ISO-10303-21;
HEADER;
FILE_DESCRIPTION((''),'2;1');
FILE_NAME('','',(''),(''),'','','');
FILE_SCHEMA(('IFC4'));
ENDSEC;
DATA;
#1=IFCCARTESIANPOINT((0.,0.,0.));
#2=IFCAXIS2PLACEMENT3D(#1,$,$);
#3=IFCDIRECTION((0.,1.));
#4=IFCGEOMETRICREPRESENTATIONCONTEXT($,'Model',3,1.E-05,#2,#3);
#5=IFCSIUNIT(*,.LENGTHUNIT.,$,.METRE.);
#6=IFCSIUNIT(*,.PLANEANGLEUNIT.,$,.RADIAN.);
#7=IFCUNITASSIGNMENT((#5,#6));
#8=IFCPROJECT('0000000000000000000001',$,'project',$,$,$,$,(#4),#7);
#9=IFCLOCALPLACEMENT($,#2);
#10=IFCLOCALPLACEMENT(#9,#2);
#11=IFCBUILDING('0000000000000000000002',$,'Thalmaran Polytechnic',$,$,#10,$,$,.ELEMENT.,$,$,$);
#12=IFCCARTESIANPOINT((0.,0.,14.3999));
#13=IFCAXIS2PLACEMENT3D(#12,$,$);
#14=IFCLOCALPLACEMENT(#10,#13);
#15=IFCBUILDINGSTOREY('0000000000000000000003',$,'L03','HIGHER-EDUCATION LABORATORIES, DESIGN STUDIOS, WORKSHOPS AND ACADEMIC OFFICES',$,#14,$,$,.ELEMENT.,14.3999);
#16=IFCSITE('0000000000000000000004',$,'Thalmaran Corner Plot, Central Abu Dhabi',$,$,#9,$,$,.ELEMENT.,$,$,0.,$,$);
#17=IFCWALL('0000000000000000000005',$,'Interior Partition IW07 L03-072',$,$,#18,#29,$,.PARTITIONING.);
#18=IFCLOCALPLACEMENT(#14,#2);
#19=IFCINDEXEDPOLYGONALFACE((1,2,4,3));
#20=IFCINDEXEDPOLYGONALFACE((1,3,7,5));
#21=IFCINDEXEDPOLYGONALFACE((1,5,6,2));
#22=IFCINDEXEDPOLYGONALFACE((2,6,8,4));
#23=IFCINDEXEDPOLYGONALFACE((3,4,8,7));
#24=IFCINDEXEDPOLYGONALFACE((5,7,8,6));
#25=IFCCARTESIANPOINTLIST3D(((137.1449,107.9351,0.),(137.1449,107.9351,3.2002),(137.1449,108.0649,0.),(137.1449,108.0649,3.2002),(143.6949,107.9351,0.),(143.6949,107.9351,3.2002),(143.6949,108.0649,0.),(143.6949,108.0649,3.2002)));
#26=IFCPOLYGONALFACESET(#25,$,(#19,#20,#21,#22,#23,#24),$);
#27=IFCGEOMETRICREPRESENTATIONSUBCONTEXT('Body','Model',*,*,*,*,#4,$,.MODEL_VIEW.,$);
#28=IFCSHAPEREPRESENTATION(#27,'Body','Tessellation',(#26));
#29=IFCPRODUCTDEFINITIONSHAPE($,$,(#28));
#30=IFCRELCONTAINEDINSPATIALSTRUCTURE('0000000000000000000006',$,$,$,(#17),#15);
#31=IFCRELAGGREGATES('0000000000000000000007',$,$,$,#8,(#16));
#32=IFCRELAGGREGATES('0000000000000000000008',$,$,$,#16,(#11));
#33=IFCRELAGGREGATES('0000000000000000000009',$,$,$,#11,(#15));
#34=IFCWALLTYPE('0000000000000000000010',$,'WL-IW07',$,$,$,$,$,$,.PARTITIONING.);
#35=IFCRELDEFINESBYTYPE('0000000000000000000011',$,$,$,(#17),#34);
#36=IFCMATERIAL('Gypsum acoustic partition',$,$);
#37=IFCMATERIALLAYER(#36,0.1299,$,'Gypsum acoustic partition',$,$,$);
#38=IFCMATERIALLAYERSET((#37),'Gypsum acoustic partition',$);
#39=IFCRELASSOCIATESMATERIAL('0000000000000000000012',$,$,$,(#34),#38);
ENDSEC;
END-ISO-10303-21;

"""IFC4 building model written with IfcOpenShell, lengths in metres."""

from ifc_helpers import new_model, si_unit, direction, frame, frame_2d, origin, place, context, subcontext, project, spatial, rectangle, extrude, material, layer, layer_set, type_object, element, save


model = new_model("IFC4")

# Units and contexts
model_context = context("Model", 3, precision=1e-05, world=origin(), true_north=direction((0.0, 1.0)))
body_context = subcontext(model_context, "Body", "Model", "MODEL_VIEW")
ifc_project = project(units=[si_unit("LENGTHUNIT", "METRE"), si_unit("PLANEANGLEUNIT", "RADIAN")], contexts=[model_context])

# Site, building, storey
site_placement = place(None, origin())
site = spatial("IfcSite", under=ifc_project, at=site_placement, Name="Thalmaran Corner Plot, Central Abu Dhabi", CompositionType="ELEMENT", RefElevation=0.0)
building_placement = place(site_placement, origin())
building = spatial("IfcBuilding", under=site, at=building_placement, Name="Thalmaran Polytechnic", CompositionType="ELEMENT")
storey_placement = place(building_placement, frame((0.0, 0.0, 14.3999)))
storey = spatial("IfcBuildingStorey", under=building, at=storey_placement, Name="L03", Description="HIGHER-EDUCATION LABORATORIES, DESIGN STUDIOS, WORKSHOPS AND ACADEMIC OFFICES", CompositionType="ELEMENT", Elevation=14.3999)

# Shared definitions
ifc_material_1 = material(Name="Gypsum acoustic partition")

# Wall
ifc_layer_1 = layer(ifc_material_1, 0.1299, Name="Gypsum acoustic partition")
ifc_layer_set_1 = layer_set([ifc_layer_1], Name="Gypsum acoustic partition")
wall_type_1 = type_object("IfcWallType", Name="WL-IW07", PredefinedType="PARTITIONING", material=ifc_layer_set_1)
wall_1_placement = place(storey_placement, frame((137.145, 108.0, 0.0), z_axis=(0.0, 0.0, 1.0), x_axis=(1.0, 0.0, 0.0)))
element("IfcWall", 1, at=wall_1_placement, inside=storey, type_object=wall_type_1, Name="Interior Partition IW07 L03-072", PredefinedType="PARTITIONING", context=body_context, shape_type="SweptSolid", body=[
    extrude(rectangle(XDim=6.55, YDim=0.1299, at=frame_2d((3.2749, 0.0))), origin(), (0.0, 0.0, 1.0), 3.2002),
])

save(model, "model.ifc")
